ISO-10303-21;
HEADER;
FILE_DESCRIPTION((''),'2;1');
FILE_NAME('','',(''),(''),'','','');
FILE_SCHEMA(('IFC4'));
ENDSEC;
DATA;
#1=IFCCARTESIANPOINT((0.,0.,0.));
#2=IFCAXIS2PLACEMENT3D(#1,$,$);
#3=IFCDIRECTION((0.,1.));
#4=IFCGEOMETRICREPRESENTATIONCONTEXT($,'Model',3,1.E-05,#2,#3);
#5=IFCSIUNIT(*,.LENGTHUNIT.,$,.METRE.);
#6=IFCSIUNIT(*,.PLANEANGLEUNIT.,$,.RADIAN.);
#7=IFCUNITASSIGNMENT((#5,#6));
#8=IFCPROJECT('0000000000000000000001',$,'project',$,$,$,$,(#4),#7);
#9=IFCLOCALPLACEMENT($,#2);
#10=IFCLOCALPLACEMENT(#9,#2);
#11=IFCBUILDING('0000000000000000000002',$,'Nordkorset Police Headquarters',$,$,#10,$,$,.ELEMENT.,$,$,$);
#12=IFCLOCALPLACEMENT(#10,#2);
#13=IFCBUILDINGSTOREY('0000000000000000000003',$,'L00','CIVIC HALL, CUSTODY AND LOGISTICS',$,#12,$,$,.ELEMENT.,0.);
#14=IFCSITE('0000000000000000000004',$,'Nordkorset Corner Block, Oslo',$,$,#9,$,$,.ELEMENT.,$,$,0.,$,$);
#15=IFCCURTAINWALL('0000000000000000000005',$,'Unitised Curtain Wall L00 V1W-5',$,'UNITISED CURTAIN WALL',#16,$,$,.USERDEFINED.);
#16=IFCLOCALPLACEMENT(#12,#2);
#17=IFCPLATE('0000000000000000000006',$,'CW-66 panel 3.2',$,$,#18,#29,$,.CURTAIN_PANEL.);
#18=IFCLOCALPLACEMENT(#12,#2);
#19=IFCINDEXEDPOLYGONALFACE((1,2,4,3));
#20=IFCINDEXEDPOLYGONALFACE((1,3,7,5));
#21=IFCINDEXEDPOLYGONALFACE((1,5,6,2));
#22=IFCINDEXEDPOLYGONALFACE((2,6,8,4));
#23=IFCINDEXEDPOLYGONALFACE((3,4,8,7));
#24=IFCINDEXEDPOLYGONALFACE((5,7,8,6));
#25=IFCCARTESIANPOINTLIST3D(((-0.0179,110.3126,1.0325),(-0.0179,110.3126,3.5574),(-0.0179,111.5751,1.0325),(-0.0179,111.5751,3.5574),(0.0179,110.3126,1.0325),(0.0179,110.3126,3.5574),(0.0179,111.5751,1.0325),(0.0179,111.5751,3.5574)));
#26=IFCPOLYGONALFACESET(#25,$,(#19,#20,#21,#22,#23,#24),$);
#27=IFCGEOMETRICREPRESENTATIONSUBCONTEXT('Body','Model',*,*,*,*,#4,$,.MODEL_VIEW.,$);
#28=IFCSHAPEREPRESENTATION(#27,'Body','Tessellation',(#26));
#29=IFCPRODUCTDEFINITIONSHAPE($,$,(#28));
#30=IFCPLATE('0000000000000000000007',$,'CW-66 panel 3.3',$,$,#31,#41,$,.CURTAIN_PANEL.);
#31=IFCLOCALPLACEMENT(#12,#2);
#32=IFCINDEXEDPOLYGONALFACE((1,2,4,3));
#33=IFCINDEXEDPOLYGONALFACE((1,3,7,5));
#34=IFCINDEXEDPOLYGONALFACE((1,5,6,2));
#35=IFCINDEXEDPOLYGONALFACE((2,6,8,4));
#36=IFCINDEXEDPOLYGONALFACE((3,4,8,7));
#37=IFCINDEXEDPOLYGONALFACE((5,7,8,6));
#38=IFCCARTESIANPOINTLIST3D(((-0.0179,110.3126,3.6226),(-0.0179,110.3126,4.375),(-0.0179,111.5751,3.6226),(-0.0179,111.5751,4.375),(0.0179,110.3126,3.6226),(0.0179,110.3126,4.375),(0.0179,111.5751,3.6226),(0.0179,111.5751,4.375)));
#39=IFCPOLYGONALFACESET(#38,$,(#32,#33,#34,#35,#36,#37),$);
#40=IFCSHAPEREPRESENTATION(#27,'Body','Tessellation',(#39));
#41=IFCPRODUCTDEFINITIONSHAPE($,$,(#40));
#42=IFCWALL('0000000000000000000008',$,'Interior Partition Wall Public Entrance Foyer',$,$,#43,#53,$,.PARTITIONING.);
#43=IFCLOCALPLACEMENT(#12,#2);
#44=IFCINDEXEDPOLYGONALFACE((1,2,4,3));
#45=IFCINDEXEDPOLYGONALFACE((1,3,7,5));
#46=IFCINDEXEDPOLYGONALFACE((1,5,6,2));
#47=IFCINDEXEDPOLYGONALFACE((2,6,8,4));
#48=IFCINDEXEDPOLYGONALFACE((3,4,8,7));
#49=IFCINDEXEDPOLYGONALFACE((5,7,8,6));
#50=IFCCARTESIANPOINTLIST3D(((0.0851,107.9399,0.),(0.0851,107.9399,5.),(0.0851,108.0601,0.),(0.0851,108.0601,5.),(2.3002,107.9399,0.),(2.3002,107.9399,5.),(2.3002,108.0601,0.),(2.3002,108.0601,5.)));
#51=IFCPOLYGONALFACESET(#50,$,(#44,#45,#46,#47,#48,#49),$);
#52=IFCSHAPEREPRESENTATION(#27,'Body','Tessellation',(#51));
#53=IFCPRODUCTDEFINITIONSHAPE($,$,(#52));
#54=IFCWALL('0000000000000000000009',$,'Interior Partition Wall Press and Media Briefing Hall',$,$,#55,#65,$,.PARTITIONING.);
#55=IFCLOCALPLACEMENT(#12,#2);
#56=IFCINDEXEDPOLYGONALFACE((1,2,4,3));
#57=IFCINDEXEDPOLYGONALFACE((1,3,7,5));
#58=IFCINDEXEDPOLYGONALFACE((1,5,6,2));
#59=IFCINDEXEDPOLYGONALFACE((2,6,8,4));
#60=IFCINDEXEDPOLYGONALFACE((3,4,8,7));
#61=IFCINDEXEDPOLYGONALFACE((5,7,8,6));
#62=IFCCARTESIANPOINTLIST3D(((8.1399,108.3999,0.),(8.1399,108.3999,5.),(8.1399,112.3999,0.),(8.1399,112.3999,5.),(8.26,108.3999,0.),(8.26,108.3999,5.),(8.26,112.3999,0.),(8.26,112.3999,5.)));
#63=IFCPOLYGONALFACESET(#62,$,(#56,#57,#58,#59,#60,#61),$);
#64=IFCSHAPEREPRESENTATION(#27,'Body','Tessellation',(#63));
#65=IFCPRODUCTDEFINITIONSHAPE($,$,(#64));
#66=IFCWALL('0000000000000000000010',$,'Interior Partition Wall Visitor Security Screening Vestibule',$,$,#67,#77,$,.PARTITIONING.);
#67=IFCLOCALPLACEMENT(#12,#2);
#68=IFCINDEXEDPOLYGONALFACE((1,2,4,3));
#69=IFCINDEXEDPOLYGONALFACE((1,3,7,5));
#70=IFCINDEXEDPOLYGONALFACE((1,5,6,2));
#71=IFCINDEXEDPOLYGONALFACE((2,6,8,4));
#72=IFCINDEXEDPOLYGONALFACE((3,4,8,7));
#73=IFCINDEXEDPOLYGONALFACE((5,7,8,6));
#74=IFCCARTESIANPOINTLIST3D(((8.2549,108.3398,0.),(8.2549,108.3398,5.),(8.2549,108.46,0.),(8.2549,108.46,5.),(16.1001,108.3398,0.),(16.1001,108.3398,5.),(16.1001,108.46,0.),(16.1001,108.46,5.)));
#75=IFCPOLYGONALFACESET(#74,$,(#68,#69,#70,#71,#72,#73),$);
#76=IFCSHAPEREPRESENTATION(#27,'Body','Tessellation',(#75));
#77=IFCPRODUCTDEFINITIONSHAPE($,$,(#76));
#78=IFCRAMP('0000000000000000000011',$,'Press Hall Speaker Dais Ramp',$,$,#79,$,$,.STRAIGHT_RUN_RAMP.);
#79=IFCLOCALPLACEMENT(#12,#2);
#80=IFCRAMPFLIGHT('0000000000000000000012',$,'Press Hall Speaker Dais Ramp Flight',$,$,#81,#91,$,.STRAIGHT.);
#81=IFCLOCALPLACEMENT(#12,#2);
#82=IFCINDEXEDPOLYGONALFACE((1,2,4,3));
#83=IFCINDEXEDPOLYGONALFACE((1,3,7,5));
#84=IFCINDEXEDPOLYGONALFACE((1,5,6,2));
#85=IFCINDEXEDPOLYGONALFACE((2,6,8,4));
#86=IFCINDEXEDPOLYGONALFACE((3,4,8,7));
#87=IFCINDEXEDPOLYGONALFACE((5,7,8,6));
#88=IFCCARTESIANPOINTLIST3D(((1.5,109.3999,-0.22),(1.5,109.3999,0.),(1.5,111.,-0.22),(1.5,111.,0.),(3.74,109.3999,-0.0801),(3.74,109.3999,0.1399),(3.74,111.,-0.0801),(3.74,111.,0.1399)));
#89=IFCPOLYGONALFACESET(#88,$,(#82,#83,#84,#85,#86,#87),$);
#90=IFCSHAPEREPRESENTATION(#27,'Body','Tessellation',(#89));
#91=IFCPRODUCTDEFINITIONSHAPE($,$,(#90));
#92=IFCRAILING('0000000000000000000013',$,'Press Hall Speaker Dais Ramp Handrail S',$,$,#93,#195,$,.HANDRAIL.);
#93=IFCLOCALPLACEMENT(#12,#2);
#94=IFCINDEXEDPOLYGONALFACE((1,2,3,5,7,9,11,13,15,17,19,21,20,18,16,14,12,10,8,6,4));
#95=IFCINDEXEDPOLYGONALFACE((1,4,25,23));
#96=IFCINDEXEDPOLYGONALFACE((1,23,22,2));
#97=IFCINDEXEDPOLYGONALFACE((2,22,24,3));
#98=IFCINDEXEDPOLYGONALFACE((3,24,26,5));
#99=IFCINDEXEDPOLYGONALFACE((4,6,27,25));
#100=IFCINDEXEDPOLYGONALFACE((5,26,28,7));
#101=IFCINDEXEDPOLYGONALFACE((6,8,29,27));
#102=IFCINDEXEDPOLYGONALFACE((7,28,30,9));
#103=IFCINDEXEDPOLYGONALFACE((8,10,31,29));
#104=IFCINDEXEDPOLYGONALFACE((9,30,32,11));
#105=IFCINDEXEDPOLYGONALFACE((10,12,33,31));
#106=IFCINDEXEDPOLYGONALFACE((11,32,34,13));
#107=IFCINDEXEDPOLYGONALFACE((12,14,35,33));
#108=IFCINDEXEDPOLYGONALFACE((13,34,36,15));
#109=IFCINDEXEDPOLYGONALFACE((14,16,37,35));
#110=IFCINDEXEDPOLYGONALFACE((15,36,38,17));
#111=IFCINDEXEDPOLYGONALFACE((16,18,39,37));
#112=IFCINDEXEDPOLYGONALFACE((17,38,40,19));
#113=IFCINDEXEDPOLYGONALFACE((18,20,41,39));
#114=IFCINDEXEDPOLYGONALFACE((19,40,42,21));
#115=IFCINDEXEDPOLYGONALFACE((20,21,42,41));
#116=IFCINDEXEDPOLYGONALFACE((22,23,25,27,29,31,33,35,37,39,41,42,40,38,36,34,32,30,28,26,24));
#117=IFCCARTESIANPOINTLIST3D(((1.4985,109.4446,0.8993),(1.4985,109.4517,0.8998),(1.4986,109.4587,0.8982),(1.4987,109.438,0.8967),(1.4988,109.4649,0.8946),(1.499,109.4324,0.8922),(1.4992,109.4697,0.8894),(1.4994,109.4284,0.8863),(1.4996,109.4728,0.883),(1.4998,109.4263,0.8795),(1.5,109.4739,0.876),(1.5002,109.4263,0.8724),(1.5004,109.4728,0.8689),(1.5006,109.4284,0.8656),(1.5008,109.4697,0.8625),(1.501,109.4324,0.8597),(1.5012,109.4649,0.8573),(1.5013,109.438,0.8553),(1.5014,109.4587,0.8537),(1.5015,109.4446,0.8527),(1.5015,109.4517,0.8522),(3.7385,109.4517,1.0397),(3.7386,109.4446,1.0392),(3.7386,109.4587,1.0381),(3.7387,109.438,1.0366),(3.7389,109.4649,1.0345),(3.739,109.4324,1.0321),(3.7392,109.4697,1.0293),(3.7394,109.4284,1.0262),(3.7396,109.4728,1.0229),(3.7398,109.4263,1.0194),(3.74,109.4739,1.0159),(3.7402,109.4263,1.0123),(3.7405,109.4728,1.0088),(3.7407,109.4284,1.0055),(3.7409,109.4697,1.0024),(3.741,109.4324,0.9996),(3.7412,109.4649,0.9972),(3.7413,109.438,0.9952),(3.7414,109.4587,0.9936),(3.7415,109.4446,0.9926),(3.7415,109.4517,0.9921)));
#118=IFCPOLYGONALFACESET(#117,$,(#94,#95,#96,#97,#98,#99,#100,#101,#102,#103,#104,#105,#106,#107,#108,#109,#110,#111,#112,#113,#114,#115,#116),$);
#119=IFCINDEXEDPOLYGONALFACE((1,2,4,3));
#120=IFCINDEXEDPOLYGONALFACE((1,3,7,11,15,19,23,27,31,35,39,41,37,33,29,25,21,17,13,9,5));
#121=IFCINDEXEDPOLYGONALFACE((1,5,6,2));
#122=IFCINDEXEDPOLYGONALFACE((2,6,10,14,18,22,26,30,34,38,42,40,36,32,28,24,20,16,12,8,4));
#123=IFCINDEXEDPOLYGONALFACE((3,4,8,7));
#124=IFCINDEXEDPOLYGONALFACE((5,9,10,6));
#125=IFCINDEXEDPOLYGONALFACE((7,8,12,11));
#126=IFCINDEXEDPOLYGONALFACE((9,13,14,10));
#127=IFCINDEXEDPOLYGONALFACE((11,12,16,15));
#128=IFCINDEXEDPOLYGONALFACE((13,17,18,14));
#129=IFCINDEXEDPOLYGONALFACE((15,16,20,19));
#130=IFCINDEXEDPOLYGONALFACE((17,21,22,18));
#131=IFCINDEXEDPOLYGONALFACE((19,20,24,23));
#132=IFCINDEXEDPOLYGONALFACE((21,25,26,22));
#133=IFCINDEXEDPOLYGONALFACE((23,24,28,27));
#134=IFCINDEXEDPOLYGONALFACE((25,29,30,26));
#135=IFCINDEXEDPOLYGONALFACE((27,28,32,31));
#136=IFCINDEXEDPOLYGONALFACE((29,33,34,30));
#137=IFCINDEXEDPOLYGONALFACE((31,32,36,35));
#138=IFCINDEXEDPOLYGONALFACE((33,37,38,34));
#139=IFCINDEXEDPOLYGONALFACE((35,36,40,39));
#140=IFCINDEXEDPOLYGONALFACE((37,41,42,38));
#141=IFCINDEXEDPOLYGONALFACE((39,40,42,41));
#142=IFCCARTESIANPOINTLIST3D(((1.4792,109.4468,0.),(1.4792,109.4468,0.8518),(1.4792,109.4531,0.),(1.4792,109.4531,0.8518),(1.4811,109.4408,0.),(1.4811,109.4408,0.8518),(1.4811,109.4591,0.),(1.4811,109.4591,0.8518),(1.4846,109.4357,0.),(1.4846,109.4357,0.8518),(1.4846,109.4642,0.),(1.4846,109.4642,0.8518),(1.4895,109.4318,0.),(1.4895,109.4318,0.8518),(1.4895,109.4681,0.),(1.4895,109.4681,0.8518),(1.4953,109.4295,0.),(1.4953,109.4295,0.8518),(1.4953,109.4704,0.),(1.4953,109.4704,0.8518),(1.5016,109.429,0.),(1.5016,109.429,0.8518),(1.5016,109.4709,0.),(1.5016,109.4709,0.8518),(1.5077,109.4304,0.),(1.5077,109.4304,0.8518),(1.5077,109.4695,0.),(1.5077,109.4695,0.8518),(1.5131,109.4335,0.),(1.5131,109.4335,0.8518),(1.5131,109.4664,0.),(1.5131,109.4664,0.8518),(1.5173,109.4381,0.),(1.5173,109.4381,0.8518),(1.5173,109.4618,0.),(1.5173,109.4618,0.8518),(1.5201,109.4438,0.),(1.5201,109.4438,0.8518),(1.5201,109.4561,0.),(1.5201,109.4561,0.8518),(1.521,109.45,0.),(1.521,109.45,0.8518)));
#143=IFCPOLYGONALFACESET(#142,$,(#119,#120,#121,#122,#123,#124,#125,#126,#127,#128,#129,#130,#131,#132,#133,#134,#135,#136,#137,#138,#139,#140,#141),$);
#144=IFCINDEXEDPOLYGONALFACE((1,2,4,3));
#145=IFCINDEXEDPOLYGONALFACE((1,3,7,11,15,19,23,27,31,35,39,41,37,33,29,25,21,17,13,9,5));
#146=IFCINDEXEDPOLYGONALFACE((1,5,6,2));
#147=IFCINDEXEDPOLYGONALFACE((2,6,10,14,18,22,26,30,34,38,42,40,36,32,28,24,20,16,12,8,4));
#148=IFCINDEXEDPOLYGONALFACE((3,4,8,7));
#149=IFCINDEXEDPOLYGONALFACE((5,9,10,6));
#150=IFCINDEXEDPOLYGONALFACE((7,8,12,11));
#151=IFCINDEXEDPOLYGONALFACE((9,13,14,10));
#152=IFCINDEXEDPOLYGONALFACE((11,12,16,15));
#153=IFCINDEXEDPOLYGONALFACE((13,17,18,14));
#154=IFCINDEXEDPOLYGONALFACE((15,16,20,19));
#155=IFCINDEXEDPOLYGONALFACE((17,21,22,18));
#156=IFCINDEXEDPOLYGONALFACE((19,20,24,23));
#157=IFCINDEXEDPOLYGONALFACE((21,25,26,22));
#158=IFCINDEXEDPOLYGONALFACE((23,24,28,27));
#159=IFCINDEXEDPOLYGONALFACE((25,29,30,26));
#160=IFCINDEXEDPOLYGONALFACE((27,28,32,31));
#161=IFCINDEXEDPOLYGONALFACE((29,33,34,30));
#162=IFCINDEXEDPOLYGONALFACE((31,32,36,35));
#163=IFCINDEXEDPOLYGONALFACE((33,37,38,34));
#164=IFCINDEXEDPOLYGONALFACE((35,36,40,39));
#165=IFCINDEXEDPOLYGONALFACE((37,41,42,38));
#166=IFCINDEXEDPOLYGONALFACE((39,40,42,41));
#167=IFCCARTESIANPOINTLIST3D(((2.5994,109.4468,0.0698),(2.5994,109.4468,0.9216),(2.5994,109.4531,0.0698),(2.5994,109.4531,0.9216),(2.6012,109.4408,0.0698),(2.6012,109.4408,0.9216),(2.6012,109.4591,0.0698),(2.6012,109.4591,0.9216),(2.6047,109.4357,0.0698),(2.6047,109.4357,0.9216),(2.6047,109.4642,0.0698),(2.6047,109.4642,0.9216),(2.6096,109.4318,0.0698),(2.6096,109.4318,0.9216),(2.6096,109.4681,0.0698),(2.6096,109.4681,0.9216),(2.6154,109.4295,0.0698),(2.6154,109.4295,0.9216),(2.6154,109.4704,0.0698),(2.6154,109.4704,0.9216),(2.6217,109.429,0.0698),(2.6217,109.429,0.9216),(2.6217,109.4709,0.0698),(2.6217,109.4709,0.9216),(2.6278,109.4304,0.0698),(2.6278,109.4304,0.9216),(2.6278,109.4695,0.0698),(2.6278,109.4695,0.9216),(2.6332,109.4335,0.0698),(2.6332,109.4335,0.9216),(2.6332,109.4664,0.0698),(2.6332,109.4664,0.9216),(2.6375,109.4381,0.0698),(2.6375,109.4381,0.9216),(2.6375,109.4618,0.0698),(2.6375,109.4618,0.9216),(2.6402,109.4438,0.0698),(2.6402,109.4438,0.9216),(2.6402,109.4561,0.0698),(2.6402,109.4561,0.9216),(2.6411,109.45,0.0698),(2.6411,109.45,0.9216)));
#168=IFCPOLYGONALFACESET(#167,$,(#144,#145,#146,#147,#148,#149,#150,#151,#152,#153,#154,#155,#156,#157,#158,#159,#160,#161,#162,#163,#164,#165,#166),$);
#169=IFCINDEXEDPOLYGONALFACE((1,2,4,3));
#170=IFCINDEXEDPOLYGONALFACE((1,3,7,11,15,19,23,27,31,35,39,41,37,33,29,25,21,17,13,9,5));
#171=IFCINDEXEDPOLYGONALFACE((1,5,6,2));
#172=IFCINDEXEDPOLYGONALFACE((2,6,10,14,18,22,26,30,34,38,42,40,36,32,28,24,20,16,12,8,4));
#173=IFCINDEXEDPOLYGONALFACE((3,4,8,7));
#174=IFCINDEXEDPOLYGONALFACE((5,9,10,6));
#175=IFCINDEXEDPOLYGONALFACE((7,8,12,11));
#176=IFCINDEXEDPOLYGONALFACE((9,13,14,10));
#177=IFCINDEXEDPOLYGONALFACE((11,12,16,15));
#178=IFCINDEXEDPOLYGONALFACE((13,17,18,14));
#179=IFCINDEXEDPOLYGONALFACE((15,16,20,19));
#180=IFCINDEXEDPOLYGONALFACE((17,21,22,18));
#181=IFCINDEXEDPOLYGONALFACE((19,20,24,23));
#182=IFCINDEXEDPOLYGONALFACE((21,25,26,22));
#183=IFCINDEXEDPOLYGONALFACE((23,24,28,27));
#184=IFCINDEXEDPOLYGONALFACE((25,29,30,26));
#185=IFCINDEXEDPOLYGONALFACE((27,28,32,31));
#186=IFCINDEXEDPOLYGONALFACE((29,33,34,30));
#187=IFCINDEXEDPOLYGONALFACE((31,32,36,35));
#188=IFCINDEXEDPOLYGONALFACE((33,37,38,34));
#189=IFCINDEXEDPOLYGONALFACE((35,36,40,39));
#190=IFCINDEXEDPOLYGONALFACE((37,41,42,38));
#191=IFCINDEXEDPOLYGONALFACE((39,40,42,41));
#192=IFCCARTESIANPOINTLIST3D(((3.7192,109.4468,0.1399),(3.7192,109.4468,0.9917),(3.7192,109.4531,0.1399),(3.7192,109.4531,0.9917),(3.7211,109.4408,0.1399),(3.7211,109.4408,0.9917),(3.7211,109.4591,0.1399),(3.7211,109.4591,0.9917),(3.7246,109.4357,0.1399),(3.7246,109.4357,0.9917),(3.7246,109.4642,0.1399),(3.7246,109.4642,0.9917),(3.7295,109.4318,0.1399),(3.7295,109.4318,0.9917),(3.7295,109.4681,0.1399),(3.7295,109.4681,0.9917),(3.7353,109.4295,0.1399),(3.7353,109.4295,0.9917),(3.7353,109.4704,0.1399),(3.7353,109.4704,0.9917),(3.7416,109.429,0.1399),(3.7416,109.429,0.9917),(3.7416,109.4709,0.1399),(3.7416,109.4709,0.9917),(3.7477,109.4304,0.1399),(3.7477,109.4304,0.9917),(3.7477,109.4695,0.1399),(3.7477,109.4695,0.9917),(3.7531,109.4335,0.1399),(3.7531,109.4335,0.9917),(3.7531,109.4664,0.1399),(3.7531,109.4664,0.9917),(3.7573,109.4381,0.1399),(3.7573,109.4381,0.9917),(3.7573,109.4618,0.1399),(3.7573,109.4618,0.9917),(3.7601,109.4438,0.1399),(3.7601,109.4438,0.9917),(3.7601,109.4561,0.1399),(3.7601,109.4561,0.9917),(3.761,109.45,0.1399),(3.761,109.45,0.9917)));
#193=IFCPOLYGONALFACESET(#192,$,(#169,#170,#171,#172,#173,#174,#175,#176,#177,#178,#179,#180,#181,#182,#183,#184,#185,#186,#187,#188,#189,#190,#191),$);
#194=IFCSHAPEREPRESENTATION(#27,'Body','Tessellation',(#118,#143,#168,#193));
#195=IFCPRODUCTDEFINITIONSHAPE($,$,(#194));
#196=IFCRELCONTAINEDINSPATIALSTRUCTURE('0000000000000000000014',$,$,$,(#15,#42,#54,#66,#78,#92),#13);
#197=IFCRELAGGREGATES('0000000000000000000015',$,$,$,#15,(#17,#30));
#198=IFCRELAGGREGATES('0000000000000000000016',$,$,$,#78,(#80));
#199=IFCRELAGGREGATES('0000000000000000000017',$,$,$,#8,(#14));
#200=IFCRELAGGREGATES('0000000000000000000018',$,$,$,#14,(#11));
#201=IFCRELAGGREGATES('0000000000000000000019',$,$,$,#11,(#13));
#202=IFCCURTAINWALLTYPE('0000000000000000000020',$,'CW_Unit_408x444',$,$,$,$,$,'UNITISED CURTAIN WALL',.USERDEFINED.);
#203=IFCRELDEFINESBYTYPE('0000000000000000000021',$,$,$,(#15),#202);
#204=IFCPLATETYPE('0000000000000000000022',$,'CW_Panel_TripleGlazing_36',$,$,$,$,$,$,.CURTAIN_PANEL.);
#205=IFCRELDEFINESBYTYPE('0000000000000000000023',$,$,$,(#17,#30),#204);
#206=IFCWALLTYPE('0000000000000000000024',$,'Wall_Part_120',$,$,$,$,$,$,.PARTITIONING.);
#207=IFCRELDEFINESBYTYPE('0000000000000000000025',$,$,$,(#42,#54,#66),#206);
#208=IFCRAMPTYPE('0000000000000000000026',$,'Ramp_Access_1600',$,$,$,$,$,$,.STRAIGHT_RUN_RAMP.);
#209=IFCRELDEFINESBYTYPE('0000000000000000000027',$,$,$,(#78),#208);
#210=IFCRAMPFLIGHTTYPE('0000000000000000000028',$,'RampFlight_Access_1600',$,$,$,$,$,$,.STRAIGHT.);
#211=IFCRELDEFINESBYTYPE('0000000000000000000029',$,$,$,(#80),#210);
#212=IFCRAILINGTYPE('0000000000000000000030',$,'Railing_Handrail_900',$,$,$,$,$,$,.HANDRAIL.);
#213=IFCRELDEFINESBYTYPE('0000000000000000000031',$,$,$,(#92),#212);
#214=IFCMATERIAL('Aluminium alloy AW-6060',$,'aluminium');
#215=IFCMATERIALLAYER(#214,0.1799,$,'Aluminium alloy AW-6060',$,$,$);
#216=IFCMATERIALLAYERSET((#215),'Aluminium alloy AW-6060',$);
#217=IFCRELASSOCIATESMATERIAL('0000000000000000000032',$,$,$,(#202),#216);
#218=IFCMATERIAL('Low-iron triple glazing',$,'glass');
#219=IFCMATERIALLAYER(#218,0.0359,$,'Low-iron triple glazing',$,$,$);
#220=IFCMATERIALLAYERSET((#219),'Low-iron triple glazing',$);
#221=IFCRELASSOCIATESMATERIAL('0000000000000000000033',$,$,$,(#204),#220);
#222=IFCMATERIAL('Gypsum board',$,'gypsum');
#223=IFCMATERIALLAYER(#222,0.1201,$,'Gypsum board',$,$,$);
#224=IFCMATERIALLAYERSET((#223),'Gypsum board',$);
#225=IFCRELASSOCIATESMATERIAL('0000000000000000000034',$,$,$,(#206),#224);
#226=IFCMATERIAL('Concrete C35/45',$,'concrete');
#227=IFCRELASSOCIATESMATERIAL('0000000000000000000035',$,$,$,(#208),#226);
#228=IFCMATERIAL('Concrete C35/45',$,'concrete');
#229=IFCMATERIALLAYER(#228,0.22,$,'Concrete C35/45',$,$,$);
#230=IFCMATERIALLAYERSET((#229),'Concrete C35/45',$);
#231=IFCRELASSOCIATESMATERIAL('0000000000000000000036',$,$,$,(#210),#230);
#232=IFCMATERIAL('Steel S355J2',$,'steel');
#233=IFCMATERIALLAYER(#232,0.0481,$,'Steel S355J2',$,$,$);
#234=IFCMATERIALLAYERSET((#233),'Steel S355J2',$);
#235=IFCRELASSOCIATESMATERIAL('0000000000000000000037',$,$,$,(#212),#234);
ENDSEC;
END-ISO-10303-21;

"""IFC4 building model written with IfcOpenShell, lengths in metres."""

from ifc_helpers import new_model, si_unit, direction, frame, frame_2d, origin, origin_2d, place, context, subcontext, project, spatial, polyline, rectangle, circle, outline, extrude, material, layer, layer_set, type_object, element, aggregate, save


model = new_model("IFC4")

# Units and contexts
model_context = context("Model", 3, precision=1e-05, world=origin(), true_north=direction((0.0, 1.0)))
body_context = subcontext(model_context, "Body", "Model", "MODEL_VIEW")
ifc_project = project(units=[si_unit("LENGTHUNIT", "METRE"), si_unit("PLANEANGLEUNIT", "RADIAN")], contexts=[model_context])

# Site, building, storey
site_placement = place(None, origin())
site = spatial("IfcSite", under=ifc_project, at=site_placement, Name="Nordkorset Corner Block, Oslo", CompositionType="ELEMENT", RefElevation=0.0)
building_placement = place(site_placement, origin())
building = spatial("IfcBuilding", under=site, at=building_placement, Name="Nordkorset Police Headquarters", CompositionType="ELEMENT")
storey_placement = place(building_placement, origin())
storey = spatial("IfcBuildingStorey", under=building, at=storey_placement, Name="L00", Description="CIVIC HALL, CUSTODY AND LOGISTICS", CompositionType="ELEMENT", Elevation=0.0)

# Curtain wall
ifc_material_1 = material(Name="Aluminium alloy AW-6060", Category="aluminium")
ifc_layer_1 = layer(ifc_material_1, 0.1799, Name="Aluminium alloy AW-6060")
ifc_layer_set_1 = layer_set([ifc_layer_1], Name="Aluminium alloy AW-6060")
curtain_wall_type = type_object("IfcCurtainWallType", Name="CW_Unit_408x444", ElementType="UNITISED CURTAIN WALL", PredefinedType="USERDEFINED", material=ifc_layer_set_1)
curtain_wall_placement = place(storey_placement, origin())
curtain_wall = element("IfcCurtainWall", 1, at=curtain_wall_placement, inside=storey, type_object=curtain_wall_type, Name="Unitised Curtain Wall L00 V1W-5", ObjectType="UNITISED CURTAIN WALL", PredefinedType="USERDEFINED")

# Plates
ifc_material_2 = material(Name="Low-iron triple glazing", Category="glass")
ifc_layer_2 = layer(ifc_material_2, 0.0359, Name="Low-iron triple glazing")
ifc_layer_set_2 = layer_set([ifc_layer_2], Name="Low-iron triple glazing")
plate_type = type_object("IfcPlateType", Name="CW_Panel_TripleGlazing_36", PredefinedType="CURTAIN_PANEL", material=ifc_layer_set_2)
plate_1_placement = place(storey_placement, frame((0.0, 110.9438, 1.0325), z_axis=(0.0, 0.0, 1.0), x_axis=(0.0, 1.0, 0.0)))
plate_1 = element("IfcPlate", 2, at=plate_1_placement, type_object=plate_type, Name="CW-66 panel 3.2", PredefinedType="CURTAIN_PANEL", context=body_context, shape_type="SweptSolid", body=[
    extrude(rectangle(XDim=1.2625, YDim=0.0359, at=origin_2d()), origin(), (0.0, 0.0, 1.0), 2.5249),
])
plate_2_placement = place(storey_placement, frame((0.0, 110.9438, 3.6226), z_axis=(0.0, 0.0, 1.0), x_axis=(0.0, 1.0, 0.0)))
plate_2 = element("IfcPlate", 3, at=plate_2_placement, type_object=plate_type, Name="CW-66 panel 3.3", PredefinedType="CURTAIN_PANEL", context=body_context, shape_type="SweptSolid", body=[
    extrude(rectangle(XDim=1.2625, YDim=0.0359, at=origin_2d()), origin(), (0.0, 0.0, 1.0), 0.7524),
])
aggregate(curtain_wall, [plate_1, plate_2])

# Walls
ifc_material_3 = material(Name="Gypsum board", Category="gypsum")
ifc_layer_3 = layer(ifc_material_3, 0.1201, Name="Gypsum board")
ifc_layer_set_3 = layer_set([ifc_layer_3], Name="Gypsum board")
wall_type = type_object("IfcWallType", Name="Wall_Part_120", PredefinedType="PARTITIONING", material=ifc_layer_set_3)
wall_1_placement = place(storey_placement, frame((2.3, 108.0, 0.0), z_axis=(0.0, 0.0, 1.0), x_axis=(-1.0, 0.0, 0.0)))
element("IfcWall", 4, at=wall_1_placement, inside=storey, type_object=wall_type, Name="Interior Partition Wall Public Entrance Foyer", PredefinedType="PARTITIONING", context=body_context, shape_type="SweptSolid", body=[
    extrude(rectangle(XDim=2.2151, YDim=0.1201, at=frame_2d((1.1074, 0.0))), origin(), (0.0, 0.0, 1.0), 5.0),
])
wall_2_placement = place(storey_placement, frame((8.2, 108.3999, 0.0), z_axis=(0.0, 0.0, 1.0), x_axis=(0.0, 1.0, 0.0)))
element("IfcWall", 5, at=wall_2_placement, inside=storey, type_object=wall_type, Name="Interior Partition Wall Press and Media Briefing Hall", PredefinedType="PARTITIONING", context=body_context, shape_type="SweptSolid", body=[
    extrude(rectangle(XDim=4.0, YDim=0.1201, at=frame_2d((2.0, 0.0))), origin(), (0.0, 0.0, 1.0), 5.0),
])
wall_3_placement = place(storey_placement, frame((8.2549, 108.3999, 0.0), z_axis=(0.0, 0.0, 1.0), x_axis=(1.0, 0.0, 0.0)))
element("IfcWall", 6, at=wall_3_placement, inside=storey, type_object=wall_type, Name="Interior Partition Wall Visitor Security Screening Vestibule", PredefinedType="PARTITIONING", context=body_context, shape_type="SweptSolid", body=[
    extrude(rectangle(XDim=7.8452, YDim=0.1201, at=frame_2d((3.9226, 0.0))), origin(), (0.0, 0.0, 1.0), 5.0),
])

# Ramp, ramp flight
ifc_material_4 = material(Name="Concrete C35/45", Category="concrete")
ramp_type = type_object("IfcRampType", Name="Ramp_Access_1600", PredefinedType="STRAIGHT_RUN_RAMP", material=ifc_material_4)
ramp_placement = place(storey_placement, origin())
ramp = element("IfcRamp", 7, at=ramp_placement, inside=storey, type_object=ramp_type, Name="Press Hall Speaker Dais Ramp", PredefinedType="STRAIGHT_RUN_RAMP")
ifc_material_5 = material(Name="Concrete C35/45", Category="concrete")
ifc_layer_4 = layer(ifc_material_5, 0.22, Name="Concrete C35/45")
ifc_layer_set_4 = layer_set([ifc_layer_4], Name="Concrete C35/45")
ramp_flight_type = type_object("IfcRampFlightType", Name="RampFlight_Access_1600", PredefinedType="STRAIGHT", material=ifc_layer_set_4)
ramp_flight_placement = place(storey_placement, frame((1.5, 110.2, 0.0), z_axis=(0.0, 0.0, 1.0), x_axis=(1.0, 0.0, 0.0)))
ramp_flight = element("IfcRampFlight", 8, at=ramp_flight_placement, type_object=ramp_flight_type, Name="Press Hall Speaker Dais Ramp Flight", PredefinedType="STRAIGHT", context=body_context, shape_type="SweptSolid", body=[
    extrude(outline(polyline([(0.0, 0.0), (2.24, 0.1399), (2.24, -0.0801), (0.0, -0.22), (0.0, 0.0)])), frame((0.0, 0.8, 0.0), z_axis=(0.0, -1.0, 0.0), x_axis=(1.0, 0.0, 0.0)), (0.0, 0.0, 1.0), 1.6001),
])
aggregate(ramp, [ramp_flight])

# Railing
ifc_material_6 = material(Name="Steel S355J2", Category="steel")
ifc_layer_5 = layer(ifc_material_6, 0.0481, Name="Steel S355J2")
ifc_layer_set_5 = layer_set([ifc_layer_5], Name="Steel S355J2")
railing_type = type_object("IfcRailingType", Name="Railing_Handrail_900", PredefinedType="HANDRAIL", material=ifc_layer_set_5)
for number, where, name in (
    (9, (1.5, 109.45, 0.0), "Press Hall Speaker Dais Ramp Handrail S"),
):
    element("IfcRailing", number, at=place(storey_placement, frame(where)), inside=storey, type_object=railing_type, Name=name, PredefinedType="HANDRAIL", context=body_context, shape_type="SweptSolid", body=[
        extrude(circle(Radius=0.0239, at=origin_2d()), frame((0.0, 0.0, 0.876), z_axis=(0.998056, 0.0, 0.062331), x_axis=(0.0, 1.0, 0.0)), (0.0, 0.0, 1.0), 2.2444),
        extrude(circle(Radius=0.021, at=origin_2d()), origin(), (0.0, 0.0, 1.0), 0.8518),
        extrude(circle(Radius=0.021, at=origin_2d()), frame((1.1201, 0.0, 0.0698)), (0.0, 0.0, 1.0), 0.8518),
        extrude(circle(Radius=0.021, at=origin_2d()), frame((2.24, 0.0, 0.1399)), (0.0, 0.0, 1.0), 0.8518),
    ])

save(model, "model.ifc")
